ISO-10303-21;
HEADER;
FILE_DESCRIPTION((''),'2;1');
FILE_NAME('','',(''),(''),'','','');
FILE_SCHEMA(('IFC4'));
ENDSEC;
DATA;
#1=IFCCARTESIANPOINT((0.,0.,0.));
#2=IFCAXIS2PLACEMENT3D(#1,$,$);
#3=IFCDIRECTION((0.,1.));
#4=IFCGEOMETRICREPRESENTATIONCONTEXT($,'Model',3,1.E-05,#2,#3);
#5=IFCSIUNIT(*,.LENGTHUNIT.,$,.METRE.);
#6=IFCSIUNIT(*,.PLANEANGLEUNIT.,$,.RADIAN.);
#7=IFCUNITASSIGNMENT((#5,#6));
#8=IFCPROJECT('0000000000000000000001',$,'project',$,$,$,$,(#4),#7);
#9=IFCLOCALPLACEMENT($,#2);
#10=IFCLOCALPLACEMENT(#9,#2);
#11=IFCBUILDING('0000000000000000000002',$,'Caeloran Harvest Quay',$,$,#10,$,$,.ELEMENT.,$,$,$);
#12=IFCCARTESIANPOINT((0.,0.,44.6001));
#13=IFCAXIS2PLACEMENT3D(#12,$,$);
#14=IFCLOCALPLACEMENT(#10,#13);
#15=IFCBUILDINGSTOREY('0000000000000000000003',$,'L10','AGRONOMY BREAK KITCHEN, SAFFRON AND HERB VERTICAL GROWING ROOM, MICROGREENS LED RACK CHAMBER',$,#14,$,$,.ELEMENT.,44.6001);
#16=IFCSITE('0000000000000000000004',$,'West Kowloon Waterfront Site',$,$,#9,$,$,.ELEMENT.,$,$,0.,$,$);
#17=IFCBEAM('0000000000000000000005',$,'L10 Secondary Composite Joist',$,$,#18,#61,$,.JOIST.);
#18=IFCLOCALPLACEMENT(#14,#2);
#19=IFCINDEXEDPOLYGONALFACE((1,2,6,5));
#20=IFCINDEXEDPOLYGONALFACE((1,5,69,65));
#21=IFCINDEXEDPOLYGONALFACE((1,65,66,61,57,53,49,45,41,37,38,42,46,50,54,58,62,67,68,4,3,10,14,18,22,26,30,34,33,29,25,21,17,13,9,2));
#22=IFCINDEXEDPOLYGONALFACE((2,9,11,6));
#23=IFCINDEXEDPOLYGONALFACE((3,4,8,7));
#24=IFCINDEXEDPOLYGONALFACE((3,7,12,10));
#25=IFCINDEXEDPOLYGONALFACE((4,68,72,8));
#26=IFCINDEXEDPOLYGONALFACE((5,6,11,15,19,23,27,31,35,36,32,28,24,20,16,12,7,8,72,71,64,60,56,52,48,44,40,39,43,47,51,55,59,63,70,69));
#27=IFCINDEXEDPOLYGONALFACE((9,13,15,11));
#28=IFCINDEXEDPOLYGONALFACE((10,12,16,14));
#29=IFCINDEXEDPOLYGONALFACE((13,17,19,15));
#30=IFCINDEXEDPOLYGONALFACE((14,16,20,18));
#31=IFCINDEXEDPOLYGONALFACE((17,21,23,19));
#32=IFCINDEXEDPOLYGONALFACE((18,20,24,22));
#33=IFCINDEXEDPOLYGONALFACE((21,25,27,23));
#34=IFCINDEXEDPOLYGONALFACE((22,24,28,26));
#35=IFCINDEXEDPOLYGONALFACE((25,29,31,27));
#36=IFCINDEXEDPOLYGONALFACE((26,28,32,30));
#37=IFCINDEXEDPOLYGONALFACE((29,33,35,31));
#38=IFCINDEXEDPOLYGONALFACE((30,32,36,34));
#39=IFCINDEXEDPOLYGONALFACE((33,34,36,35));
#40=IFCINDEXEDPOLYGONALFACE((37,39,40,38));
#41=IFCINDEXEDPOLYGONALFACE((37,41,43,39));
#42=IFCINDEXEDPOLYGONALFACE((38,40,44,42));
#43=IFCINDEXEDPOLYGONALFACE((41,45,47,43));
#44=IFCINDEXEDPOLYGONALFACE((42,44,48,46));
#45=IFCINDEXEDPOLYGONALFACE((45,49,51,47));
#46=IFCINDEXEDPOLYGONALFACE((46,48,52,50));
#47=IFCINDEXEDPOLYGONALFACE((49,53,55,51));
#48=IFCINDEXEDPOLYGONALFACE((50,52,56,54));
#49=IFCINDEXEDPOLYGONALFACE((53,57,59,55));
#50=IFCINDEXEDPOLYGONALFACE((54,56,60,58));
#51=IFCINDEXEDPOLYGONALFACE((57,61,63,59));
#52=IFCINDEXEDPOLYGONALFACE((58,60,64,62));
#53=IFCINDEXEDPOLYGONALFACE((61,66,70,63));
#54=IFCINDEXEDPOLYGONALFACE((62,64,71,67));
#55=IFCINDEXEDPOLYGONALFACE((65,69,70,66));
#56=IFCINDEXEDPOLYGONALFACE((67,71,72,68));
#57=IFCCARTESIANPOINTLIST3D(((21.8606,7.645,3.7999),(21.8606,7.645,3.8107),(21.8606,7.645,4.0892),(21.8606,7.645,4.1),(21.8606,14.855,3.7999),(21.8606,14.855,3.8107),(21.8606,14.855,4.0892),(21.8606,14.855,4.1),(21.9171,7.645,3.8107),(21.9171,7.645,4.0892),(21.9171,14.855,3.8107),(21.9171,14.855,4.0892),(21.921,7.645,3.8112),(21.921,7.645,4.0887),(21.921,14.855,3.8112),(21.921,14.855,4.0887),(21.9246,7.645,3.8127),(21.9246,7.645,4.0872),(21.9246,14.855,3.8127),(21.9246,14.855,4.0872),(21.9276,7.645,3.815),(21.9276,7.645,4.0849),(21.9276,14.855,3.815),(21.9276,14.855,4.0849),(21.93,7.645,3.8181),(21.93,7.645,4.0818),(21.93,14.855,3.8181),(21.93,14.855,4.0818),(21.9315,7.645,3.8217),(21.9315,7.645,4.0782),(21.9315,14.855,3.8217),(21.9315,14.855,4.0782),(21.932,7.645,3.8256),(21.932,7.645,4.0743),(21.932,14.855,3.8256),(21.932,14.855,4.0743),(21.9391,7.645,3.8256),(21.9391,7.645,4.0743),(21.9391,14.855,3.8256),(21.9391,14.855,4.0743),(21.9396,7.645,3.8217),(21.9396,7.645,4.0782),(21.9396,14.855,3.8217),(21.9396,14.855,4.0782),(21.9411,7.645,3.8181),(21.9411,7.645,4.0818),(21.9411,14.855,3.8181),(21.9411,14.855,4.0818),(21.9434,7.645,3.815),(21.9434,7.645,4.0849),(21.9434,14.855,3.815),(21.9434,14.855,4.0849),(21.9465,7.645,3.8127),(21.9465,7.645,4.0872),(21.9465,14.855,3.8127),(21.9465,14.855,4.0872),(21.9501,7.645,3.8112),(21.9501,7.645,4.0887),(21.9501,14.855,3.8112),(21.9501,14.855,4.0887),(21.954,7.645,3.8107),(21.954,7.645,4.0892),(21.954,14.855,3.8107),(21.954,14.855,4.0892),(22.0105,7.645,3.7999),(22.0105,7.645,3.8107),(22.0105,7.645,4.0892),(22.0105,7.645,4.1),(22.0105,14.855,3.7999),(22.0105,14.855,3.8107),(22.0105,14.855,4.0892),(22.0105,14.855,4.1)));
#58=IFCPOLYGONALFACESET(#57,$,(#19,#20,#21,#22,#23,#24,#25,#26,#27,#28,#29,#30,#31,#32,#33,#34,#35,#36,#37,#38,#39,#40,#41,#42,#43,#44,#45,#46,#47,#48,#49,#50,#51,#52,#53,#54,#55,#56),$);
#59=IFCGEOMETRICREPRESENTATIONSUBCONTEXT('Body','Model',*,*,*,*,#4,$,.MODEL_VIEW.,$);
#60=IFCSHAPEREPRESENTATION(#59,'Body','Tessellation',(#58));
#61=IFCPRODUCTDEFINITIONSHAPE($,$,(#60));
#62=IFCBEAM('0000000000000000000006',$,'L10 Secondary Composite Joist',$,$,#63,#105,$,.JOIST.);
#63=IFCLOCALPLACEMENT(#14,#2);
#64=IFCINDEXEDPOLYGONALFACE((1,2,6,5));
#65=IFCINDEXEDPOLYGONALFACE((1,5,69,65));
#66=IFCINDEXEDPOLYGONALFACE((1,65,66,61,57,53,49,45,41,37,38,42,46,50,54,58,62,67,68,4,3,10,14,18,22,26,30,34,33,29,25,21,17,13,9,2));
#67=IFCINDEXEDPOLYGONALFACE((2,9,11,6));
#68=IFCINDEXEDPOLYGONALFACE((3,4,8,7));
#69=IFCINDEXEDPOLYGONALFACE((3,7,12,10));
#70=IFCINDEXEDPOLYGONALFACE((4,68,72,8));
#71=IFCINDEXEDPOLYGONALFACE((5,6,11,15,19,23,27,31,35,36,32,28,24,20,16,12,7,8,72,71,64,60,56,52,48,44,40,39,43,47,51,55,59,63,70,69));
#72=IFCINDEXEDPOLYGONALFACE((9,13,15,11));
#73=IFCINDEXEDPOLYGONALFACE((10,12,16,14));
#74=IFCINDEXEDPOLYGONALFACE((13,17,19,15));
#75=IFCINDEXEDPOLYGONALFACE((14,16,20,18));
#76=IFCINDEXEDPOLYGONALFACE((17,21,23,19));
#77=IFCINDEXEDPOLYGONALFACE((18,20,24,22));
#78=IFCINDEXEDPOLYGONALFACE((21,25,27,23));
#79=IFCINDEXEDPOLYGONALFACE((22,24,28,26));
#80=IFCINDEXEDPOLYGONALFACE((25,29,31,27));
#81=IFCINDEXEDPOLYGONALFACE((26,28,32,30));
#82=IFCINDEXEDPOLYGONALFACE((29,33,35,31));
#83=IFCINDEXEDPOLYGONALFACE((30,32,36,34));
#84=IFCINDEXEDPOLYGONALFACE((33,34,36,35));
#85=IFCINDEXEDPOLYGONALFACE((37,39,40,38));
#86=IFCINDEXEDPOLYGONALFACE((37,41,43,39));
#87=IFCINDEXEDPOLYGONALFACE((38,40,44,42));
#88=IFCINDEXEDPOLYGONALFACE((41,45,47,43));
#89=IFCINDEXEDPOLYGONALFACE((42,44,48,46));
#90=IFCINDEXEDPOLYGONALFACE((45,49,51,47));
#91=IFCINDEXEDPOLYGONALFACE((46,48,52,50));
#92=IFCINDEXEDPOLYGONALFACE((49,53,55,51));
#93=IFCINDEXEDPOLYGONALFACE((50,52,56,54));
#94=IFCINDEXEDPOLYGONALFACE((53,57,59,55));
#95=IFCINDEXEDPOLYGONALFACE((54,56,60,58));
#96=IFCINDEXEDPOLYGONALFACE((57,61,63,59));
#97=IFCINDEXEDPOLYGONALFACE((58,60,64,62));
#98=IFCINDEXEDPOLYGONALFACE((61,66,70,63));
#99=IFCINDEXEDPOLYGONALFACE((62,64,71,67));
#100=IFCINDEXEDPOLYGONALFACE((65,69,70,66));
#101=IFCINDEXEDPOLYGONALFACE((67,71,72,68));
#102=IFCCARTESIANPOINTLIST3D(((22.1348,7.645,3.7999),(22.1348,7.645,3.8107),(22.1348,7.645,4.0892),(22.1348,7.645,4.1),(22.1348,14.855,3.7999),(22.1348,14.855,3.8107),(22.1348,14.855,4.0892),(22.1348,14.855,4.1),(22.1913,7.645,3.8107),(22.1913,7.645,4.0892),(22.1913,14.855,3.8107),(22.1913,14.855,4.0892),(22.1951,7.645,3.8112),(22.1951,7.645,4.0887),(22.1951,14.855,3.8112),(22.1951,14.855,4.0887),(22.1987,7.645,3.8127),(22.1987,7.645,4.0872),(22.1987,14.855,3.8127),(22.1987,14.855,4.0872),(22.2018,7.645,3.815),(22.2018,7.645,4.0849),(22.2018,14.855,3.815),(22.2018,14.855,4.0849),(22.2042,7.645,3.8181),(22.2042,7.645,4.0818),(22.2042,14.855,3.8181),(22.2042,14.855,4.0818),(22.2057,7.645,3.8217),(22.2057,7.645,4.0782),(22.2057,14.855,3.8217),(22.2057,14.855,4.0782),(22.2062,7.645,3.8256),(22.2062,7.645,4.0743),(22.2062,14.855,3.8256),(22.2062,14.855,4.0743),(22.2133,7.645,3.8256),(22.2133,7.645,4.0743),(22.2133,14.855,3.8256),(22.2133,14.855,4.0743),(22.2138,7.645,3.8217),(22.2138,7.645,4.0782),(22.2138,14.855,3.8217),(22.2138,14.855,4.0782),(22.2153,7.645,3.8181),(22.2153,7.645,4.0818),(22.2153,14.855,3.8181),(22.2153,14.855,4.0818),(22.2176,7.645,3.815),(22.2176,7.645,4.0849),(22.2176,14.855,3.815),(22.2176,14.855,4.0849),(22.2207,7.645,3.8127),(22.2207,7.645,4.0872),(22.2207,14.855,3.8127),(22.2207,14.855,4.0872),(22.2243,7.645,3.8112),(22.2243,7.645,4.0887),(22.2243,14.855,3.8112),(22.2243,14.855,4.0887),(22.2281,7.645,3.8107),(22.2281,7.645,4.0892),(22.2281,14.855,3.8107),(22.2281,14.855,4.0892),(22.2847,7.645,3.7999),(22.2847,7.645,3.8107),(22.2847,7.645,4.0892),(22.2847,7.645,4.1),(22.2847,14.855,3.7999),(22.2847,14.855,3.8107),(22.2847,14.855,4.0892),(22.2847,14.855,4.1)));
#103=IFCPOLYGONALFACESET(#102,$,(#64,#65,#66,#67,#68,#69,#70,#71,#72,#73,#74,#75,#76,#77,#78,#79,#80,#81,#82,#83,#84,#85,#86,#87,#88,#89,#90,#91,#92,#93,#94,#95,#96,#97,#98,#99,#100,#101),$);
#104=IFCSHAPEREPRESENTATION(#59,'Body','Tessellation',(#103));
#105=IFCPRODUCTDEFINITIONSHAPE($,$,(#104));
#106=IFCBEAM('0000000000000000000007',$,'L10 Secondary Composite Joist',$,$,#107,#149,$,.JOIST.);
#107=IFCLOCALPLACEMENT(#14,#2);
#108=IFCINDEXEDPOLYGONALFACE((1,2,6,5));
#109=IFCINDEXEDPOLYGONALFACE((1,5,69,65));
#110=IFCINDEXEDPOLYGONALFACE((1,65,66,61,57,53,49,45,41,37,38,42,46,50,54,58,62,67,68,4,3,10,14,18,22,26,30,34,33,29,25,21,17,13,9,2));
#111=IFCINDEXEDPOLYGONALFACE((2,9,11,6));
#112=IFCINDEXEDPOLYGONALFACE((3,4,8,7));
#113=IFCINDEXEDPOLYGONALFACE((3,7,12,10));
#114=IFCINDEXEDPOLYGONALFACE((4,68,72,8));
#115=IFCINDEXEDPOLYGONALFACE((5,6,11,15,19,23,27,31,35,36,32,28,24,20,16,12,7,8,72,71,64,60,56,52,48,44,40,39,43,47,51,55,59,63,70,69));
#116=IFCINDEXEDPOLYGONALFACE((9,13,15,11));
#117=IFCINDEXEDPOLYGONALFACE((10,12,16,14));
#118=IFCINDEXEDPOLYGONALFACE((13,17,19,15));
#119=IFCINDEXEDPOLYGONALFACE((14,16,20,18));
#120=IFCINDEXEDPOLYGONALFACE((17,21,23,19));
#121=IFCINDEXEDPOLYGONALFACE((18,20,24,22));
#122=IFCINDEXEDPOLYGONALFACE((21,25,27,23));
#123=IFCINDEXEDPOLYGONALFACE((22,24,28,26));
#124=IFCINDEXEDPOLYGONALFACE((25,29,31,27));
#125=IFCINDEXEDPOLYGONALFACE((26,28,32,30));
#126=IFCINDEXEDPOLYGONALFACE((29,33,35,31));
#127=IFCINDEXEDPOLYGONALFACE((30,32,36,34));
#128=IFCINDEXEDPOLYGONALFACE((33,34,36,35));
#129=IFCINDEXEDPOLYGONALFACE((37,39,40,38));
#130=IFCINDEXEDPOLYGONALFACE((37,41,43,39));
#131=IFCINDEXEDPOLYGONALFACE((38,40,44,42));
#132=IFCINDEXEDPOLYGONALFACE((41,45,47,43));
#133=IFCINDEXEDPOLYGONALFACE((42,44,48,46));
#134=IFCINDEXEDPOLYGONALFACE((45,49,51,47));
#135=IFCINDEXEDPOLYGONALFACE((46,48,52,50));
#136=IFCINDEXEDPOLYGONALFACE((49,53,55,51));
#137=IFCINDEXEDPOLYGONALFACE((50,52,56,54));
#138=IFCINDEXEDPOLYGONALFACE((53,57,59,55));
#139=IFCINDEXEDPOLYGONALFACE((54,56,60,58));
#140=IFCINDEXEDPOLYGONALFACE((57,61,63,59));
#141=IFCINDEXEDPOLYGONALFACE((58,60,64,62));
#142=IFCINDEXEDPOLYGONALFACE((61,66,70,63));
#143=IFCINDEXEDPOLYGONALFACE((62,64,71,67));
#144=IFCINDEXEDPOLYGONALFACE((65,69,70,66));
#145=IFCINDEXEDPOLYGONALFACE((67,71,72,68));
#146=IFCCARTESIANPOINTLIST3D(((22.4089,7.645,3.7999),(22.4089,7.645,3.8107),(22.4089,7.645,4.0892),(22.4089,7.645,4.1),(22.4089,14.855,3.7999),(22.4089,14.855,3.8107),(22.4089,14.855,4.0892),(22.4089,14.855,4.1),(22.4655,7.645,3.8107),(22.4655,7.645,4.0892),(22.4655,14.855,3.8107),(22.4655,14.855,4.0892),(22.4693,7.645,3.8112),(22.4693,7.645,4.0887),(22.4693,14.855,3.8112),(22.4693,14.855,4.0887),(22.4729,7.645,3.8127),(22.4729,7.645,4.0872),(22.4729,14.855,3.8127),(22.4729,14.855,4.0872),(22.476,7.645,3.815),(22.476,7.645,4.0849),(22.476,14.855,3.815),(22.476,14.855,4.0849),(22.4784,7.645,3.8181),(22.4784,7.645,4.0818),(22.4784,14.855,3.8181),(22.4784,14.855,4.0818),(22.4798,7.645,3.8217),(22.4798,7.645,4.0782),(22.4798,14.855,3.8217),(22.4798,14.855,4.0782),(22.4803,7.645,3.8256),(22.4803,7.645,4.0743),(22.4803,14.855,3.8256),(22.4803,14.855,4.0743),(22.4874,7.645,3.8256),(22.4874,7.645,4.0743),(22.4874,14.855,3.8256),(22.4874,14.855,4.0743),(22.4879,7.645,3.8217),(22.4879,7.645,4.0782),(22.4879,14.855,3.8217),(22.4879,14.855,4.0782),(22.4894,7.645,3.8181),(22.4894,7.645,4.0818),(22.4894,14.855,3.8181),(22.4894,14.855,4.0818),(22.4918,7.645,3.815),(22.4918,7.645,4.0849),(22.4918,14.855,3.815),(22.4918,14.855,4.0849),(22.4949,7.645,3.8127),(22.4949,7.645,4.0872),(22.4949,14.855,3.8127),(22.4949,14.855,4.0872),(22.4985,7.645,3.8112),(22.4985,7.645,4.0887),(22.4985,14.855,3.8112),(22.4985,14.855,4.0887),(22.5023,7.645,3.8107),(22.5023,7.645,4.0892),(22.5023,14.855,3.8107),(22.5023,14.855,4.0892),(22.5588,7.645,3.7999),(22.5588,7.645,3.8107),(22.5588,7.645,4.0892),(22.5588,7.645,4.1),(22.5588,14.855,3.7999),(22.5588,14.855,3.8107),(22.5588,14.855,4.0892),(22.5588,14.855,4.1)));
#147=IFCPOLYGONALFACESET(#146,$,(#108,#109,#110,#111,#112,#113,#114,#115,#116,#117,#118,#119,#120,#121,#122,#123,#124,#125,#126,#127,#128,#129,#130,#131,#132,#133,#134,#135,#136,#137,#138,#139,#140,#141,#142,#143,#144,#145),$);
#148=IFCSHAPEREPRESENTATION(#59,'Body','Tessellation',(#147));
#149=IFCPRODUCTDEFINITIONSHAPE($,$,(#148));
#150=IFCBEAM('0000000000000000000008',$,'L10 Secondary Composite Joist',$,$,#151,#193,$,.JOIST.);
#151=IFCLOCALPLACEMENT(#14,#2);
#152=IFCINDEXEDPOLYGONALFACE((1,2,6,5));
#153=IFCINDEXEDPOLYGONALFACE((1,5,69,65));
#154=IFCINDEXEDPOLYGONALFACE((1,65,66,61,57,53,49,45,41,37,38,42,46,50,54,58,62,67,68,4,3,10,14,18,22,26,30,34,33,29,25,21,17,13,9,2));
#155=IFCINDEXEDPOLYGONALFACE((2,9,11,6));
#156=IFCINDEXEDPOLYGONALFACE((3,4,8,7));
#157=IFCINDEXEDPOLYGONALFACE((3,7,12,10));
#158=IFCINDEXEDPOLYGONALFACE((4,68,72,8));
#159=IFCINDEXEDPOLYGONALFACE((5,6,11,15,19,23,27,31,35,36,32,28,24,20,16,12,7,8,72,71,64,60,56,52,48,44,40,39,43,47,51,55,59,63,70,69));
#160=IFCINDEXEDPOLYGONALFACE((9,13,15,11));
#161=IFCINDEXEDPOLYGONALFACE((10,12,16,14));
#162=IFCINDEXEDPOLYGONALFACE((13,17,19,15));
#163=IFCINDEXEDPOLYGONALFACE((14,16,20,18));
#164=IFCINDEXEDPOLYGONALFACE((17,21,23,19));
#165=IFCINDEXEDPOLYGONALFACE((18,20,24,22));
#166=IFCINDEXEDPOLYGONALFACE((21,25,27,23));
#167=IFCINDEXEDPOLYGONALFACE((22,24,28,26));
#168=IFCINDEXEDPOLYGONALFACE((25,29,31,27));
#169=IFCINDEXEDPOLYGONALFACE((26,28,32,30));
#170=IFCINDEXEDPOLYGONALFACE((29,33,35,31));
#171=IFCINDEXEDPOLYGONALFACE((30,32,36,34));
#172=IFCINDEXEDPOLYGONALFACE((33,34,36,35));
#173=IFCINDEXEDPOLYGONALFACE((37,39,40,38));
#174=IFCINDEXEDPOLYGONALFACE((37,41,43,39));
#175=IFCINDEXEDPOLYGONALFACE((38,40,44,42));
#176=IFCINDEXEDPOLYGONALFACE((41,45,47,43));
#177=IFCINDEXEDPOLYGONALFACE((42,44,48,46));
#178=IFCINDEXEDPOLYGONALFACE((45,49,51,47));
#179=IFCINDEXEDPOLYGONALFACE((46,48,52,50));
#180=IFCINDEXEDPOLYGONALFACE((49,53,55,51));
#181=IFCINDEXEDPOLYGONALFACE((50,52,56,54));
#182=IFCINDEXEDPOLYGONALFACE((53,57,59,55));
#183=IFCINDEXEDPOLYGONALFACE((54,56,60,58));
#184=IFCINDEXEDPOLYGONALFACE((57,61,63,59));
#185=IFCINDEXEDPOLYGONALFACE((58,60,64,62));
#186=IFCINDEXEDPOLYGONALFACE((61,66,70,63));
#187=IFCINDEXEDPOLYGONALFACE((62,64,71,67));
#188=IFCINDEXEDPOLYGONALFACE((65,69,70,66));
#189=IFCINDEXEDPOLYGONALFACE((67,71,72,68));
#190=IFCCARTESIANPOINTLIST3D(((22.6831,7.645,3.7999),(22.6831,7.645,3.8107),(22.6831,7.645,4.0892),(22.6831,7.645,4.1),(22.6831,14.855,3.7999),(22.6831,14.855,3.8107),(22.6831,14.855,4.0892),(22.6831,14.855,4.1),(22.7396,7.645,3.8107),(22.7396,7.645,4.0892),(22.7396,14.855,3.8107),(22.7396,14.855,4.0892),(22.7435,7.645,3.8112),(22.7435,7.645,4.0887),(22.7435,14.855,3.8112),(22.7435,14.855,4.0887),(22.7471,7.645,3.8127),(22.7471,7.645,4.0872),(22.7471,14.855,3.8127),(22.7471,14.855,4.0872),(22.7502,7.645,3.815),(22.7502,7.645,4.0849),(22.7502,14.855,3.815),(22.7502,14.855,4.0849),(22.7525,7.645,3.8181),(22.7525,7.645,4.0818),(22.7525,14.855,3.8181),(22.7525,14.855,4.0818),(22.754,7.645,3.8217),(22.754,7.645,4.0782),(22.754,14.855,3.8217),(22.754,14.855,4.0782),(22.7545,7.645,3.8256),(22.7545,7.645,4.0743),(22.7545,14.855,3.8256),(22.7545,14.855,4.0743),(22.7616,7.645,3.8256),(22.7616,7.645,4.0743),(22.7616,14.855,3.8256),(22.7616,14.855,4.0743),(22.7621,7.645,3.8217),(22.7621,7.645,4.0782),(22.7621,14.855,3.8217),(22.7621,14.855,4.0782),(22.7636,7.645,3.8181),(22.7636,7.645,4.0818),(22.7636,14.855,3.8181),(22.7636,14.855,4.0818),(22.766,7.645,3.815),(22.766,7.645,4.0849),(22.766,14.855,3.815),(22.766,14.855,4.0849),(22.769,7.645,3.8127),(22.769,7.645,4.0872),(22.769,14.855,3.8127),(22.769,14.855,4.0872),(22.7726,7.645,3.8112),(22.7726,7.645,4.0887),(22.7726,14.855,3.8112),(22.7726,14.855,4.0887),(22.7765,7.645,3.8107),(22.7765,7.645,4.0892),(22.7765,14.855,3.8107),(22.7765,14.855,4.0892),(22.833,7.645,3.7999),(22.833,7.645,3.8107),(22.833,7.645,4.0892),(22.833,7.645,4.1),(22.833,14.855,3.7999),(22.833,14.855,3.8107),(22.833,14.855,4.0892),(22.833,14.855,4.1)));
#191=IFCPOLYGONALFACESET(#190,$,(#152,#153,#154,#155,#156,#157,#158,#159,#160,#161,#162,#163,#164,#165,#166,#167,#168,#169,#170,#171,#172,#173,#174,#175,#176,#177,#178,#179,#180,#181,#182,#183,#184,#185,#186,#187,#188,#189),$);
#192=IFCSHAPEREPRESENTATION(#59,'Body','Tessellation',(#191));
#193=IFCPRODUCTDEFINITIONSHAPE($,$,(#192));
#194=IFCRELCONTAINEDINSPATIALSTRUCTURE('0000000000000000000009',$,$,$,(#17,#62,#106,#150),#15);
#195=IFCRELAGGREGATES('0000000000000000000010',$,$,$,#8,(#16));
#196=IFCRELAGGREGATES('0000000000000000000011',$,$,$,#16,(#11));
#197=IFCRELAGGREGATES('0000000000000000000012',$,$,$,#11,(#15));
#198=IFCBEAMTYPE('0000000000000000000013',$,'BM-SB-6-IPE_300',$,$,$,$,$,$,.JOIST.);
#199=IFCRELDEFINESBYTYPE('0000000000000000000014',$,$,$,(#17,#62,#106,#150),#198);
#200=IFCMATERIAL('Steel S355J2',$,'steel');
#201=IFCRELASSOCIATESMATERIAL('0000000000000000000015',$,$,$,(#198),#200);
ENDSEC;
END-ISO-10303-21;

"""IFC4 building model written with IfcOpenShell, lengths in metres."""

from ifc_helpers import new_model, si_unit, direction, frame, origin, origin_2d, place, context, subcontext, project, spatial, i_section, extrude, material, material_profile, profile_set, type_object, element, save


model = new_model("IFC4")

# Units and contexts
model_context = context("Model", 3, precision=1e-05, world=origin(), true_north=direction((0.0, 1.0)))
body_context = subcontext(model_context, "Body", "Model", "MODEL_VIEW")
ifc_project = project(units=[si_unit("LENGTHUNIT", "METRE"), si_unit("PLANEANGLEUNIT", "RADIAN")], contexts=[model_context])

# Site, building, storey
site_placement = place(None, origin())
site = spatial("IfcSite", under=ifc_project, at=site_placement, Name="West Kowloon Waterfront Site", CompositionType="ELEMENT", RefElevation=0.0)
building_placement = place(site_placement, origin())
building = spatial("IfcBuilding", under=site, at=building_placement, Name="Caeloran Harvest Quay", CompositionType="ELEMENT")
storey_placement = place(building_placement, frame((0.0, 0.0, 44.6001)))
storey = spatial("IfcBuildingStorey", under=building, at=storey_placement, Name="L10", Description="AGRONOMY BREAK KITCHEN, SAFFRON AND HERB VERTICAL GROWING ROOM, MICROGREENS LED RACK CHAMBER", CompositionType="ELEMENT", Elevation=44.6001)

# Beams
ifc_material_1 = material(Name="Steel S355J2", Category="steel")
ifc_material_profile_1 = material_profile(ifc_material_1, i_section(OverallWidth=0.1499, OverallDepth=0.3, WebThickness=0.0071, FlangeThickness=0.0107, FilletRadius=0.0149, at=origin_2d()), Name="IPE 300")
ifc_profile_set_1 = profile_set([ifc_material_profile_1], Name="Steel S355J2")
beam_type_1 = type_object("IfcBeamType", Name="BM-SB-6-IPE_300", PredefinedType="JOIST", material=ifc_profile_set_1)
for number, where, z_axis, x_axis, name in (
    (1, (21.9355, 7.645, 3.95), (0.0, 1.0, 0.0), (-1.0, 0.0, 0.0), "L10 Secondary Composite Joist"),
    (2, (22.2097, 7.645, 3.95), (0.0, 1.0, 0.0), (-1.0, 0.0, 0.0), "L10 Secondary Composite Joist"),
    (3, (22.4839, 7.645, 3.95), (0.0, 1.0, 0.0), (-1.0, 0.0, 0.0), "L10 Secondary Composite Joist"),
    (4, (22.7581, 7.645, 3.95), (0.0, 1.0, 0.0), (-1.0, 0.0, 0.0), "L10 Secondary Composite Joist"),
):
    element("IfcBeam", number, at=place(storey_placement, frame(where, z_axis=z_axis, x_axis=x_axis)), inside=storey, type_object=beam_type_1, Name=name, PredefinedType="JOIST", context=body_context, shape_type="SweptSolid", body=[
        extrude(i_section(OverallWidth=0.1499, OverallDepth=0.3, WebThickness=0.0071, FlangeThickness=0.0107, FilletRadius=0.0149, at=origin_2d()), origin(), (0.0, 0.0, 1.0), 7.21),
    ])

save(model, "model.ifc")
